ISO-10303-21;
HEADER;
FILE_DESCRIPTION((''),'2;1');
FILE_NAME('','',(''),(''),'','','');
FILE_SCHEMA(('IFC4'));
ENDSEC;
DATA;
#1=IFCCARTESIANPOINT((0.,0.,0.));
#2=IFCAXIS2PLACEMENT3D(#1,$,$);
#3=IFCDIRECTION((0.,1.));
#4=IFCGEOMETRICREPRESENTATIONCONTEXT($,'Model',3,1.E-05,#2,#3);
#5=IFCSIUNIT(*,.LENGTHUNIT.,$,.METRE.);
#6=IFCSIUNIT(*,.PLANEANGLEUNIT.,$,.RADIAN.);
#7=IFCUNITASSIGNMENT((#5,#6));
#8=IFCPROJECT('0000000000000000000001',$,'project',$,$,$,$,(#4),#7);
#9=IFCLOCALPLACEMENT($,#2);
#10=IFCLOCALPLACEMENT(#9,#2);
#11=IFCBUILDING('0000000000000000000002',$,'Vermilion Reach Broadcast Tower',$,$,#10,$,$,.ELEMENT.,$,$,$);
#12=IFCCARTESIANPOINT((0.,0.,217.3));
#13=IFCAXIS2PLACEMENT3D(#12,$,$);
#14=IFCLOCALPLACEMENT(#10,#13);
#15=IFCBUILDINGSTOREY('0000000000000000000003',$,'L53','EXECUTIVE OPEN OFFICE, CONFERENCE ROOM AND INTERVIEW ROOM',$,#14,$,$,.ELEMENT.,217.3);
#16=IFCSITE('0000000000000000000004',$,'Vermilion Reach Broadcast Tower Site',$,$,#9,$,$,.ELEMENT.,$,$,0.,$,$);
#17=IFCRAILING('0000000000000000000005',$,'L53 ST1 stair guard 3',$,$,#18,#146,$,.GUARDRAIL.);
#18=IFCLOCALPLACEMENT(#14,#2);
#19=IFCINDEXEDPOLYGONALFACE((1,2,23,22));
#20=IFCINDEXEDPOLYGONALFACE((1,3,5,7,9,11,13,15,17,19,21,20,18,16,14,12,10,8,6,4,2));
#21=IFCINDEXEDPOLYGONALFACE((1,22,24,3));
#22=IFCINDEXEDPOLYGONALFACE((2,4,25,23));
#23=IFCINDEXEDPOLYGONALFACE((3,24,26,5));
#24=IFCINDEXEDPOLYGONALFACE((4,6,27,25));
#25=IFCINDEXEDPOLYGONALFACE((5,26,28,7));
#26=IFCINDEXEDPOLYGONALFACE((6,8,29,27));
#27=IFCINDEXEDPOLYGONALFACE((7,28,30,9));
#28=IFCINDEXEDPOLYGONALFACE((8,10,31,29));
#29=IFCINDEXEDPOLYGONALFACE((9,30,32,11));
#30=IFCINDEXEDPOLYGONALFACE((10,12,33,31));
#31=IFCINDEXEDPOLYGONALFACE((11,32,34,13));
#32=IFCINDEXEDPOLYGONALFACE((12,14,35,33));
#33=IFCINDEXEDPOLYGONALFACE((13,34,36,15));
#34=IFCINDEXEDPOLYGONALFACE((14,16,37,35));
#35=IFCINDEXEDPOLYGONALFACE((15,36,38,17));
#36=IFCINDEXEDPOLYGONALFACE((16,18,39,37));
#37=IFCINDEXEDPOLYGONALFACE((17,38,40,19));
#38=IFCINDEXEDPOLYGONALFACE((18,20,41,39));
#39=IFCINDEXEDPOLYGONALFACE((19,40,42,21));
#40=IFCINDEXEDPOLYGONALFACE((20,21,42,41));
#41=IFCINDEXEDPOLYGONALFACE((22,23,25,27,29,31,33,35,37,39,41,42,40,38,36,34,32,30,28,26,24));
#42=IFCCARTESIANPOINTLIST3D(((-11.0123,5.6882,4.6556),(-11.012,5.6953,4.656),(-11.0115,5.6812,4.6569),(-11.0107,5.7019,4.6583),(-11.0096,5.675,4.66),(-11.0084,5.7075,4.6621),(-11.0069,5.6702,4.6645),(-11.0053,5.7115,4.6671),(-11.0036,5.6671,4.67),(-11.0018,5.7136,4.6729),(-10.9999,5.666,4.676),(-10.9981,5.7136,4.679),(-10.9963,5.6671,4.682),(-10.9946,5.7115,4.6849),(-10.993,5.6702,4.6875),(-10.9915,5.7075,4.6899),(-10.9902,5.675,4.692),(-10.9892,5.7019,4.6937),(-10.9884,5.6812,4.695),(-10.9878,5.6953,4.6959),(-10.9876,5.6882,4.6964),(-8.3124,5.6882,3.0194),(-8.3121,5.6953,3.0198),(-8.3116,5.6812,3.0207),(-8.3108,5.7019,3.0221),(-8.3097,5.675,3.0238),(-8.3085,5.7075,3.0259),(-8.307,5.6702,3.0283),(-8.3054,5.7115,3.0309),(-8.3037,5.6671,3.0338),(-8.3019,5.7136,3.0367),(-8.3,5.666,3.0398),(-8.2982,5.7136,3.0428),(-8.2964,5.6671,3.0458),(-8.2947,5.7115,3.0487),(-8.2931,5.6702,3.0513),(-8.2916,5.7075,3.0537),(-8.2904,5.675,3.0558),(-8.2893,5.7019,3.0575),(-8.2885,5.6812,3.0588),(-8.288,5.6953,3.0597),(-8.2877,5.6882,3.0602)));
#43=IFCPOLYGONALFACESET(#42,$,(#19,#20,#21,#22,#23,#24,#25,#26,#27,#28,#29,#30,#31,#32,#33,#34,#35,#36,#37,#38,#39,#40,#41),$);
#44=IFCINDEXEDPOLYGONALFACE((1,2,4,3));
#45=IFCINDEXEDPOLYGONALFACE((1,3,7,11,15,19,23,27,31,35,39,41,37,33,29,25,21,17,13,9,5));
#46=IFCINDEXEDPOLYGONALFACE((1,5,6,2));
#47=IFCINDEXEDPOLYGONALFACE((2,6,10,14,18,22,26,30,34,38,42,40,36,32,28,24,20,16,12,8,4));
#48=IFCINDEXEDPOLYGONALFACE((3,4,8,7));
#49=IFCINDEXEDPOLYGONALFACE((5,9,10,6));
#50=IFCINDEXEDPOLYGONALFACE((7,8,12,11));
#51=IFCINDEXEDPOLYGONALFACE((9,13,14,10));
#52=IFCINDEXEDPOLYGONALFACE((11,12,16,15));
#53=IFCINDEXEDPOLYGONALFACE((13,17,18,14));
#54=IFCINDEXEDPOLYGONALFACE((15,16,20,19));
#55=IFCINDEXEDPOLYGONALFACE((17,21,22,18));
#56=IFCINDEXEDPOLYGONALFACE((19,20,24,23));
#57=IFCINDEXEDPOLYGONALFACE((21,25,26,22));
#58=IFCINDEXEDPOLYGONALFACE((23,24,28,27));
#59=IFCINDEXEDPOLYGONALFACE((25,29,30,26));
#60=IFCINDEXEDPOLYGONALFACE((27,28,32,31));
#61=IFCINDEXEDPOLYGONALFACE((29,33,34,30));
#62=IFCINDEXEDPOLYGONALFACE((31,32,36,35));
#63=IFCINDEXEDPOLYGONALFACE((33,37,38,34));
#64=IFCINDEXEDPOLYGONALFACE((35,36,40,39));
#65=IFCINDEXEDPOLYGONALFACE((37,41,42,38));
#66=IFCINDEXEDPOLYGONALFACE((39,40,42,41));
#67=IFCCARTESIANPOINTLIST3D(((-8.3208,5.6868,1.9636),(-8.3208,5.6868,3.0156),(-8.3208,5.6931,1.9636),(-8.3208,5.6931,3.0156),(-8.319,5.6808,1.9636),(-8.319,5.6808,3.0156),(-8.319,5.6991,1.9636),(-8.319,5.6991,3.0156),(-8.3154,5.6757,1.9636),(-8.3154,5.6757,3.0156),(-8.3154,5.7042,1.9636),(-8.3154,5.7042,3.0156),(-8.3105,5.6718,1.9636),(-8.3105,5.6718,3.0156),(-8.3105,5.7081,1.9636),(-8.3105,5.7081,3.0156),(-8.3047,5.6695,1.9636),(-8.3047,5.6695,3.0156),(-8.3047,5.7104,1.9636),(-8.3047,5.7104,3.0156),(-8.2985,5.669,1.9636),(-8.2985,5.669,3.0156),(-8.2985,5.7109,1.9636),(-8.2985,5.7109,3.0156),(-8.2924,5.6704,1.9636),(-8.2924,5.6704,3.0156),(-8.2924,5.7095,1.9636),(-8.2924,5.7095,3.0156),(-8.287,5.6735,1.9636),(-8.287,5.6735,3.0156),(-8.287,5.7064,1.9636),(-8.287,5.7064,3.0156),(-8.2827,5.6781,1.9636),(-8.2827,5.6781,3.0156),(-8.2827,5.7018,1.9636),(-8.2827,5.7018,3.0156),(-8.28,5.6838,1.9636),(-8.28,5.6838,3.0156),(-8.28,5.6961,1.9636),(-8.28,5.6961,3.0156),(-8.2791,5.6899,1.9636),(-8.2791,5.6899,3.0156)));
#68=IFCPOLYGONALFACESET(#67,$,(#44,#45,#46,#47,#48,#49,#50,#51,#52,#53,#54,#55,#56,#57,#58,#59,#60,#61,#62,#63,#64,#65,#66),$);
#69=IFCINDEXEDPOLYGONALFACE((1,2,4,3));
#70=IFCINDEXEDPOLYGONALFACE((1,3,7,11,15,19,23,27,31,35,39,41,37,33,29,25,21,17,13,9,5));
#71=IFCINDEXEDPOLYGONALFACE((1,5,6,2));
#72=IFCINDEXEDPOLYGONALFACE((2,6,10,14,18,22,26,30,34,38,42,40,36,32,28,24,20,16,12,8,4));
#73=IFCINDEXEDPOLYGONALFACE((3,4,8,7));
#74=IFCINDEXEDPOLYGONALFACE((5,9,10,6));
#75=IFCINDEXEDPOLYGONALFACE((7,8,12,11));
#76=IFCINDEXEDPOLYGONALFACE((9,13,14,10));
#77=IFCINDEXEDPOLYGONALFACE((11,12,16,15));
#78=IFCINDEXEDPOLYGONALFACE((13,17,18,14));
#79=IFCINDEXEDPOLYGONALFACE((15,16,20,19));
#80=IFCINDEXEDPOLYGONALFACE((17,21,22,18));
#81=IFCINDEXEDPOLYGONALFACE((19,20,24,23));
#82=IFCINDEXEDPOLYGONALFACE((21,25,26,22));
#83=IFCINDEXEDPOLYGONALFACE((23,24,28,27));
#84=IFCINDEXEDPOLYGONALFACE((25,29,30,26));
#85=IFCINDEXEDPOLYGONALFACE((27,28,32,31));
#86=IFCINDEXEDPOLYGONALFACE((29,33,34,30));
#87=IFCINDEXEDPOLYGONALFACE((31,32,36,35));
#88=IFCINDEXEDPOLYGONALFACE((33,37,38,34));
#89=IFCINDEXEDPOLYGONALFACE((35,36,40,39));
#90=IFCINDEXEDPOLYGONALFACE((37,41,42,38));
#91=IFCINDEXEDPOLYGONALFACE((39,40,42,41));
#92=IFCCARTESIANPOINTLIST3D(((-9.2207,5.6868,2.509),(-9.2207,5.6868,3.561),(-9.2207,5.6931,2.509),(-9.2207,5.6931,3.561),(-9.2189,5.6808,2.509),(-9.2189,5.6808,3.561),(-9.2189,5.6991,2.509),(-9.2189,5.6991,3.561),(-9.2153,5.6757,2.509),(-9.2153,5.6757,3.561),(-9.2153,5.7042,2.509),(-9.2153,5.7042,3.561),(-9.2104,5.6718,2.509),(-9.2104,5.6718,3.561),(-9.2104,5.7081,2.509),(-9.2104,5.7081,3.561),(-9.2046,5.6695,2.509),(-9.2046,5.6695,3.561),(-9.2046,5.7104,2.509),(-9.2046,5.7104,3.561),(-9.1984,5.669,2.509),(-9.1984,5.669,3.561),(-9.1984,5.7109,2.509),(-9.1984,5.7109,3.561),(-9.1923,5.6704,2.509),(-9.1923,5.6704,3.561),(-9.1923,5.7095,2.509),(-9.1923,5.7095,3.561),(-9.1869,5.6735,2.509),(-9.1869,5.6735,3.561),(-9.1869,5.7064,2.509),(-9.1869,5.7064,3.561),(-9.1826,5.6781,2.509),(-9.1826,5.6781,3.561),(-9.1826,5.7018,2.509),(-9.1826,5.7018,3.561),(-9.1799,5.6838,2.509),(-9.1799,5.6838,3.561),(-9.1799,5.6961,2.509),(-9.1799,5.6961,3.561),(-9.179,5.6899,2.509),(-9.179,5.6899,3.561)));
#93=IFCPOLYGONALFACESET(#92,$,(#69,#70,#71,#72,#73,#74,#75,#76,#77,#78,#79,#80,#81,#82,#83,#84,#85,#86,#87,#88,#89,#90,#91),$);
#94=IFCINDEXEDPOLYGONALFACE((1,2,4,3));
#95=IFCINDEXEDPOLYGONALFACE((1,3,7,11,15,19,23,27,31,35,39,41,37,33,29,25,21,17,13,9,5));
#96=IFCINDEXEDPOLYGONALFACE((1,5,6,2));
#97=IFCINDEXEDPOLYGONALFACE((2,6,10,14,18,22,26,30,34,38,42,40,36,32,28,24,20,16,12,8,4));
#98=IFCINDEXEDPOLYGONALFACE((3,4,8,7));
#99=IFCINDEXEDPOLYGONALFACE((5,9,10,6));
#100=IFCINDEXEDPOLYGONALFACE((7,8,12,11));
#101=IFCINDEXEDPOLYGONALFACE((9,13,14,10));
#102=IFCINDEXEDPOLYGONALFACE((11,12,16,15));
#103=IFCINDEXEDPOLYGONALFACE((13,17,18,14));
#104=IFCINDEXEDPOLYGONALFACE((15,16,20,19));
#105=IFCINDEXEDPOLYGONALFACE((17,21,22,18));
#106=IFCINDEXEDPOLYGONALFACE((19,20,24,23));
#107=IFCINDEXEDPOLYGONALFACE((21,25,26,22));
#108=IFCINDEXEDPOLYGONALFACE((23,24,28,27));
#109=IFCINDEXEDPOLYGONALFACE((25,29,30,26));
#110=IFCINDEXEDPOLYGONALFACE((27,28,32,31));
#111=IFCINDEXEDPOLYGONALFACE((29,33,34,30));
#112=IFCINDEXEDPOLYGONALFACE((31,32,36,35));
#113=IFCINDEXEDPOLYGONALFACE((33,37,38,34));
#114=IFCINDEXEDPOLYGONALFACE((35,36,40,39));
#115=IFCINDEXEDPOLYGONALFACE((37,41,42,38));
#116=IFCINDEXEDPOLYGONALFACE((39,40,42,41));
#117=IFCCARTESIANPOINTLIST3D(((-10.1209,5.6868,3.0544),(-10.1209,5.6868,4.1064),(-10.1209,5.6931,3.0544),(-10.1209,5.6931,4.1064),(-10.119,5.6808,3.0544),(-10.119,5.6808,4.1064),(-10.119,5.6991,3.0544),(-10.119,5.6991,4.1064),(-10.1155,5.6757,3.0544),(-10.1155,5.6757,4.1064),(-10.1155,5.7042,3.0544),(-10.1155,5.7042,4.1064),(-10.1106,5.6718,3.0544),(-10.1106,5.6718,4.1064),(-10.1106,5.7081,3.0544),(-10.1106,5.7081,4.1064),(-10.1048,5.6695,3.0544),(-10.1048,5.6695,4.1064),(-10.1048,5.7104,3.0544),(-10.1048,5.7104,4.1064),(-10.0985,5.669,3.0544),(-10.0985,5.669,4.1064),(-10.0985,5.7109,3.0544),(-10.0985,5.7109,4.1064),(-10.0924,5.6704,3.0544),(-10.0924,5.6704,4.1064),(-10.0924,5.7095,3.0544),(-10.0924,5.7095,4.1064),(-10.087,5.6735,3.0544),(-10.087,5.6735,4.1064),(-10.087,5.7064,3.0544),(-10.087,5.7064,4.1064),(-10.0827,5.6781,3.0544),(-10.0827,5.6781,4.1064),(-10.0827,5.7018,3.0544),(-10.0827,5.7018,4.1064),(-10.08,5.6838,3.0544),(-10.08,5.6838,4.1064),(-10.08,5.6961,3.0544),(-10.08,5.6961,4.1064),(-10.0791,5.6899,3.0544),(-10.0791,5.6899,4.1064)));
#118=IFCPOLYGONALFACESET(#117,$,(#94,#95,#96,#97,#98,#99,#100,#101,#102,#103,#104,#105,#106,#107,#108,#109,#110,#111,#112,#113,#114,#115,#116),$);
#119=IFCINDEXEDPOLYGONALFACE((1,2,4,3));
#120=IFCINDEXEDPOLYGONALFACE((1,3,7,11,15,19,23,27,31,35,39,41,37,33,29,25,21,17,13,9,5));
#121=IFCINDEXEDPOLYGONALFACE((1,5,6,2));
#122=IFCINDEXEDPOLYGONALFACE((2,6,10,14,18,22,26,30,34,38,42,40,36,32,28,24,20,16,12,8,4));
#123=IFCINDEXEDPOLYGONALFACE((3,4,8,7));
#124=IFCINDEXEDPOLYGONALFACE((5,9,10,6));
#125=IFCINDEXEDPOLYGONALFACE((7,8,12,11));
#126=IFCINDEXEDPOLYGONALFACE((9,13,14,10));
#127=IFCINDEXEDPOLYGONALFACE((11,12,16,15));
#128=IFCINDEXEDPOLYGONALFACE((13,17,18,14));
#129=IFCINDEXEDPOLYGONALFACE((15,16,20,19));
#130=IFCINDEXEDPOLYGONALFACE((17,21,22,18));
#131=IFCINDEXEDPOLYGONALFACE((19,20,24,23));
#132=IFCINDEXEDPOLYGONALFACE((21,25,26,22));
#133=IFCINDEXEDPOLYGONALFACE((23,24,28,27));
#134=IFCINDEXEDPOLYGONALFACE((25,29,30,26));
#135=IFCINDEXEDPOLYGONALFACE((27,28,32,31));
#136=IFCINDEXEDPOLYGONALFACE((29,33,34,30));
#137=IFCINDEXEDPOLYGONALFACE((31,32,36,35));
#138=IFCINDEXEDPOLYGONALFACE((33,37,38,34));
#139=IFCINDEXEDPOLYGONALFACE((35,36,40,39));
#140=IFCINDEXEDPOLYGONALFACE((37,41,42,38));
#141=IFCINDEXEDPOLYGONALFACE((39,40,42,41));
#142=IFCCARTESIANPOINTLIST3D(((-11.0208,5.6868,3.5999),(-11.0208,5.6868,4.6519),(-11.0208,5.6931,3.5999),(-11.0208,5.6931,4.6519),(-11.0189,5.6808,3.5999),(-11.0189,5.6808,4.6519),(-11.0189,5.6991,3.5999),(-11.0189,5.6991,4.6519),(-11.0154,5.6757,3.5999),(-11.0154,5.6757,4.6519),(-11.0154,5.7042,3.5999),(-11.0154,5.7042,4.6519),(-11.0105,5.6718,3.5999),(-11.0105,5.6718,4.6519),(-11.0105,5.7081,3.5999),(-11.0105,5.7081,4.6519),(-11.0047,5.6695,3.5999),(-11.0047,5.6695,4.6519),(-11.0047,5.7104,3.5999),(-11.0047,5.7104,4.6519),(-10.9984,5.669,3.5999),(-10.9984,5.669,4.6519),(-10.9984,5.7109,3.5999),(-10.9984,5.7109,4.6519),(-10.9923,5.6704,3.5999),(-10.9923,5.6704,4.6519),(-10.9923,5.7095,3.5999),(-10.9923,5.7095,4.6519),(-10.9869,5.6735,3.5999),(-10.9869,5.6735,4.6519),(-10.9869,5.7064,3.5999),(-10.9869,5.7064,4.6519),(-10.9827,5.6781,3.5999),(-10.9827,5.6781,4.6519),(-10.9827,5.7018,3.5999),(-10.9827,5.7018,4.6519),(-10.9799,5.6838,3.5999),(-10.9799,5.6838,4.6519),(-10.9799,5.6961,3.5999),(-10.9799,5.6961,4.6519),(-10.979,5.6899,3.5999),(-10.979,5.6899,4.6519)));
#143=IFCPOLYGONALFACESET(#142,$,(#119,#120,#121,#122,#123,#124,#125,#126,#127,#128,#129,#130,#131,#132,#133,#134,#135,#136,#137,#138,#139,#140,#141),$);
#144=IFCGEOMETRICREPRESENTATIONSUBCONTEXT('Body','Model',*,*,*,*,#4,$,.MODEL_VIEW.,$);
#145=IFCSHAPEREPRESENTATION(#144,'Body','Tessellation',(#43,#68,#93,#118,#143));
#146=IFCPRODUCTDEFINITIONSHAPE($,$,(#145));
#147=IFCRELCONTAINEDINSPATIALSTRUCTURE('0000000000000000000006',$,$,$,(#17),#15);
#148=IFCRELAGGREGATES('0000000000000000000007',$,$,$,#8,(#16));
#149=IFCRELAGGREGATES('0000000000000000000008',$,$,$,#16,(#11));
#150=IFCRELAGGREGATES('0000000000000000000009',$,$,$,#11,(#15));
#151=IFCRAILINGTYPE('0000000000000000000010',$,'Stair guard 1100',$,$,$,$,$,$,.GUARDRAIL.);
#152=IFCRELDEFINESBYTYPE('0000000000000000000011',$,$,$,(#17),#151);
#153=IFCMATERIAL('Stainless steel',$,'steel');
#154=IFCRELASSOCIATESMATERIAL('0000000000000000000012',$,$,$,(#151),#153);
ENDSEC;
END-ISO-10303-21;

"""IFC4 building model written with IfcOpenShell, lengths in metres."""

from ifc_helpers import new_model, si_unit, direction, frame, origin, origin_2d, place, context, subcontext, project, spatial, circle, extrude, material, type_object, element, save


model = new_model("IFC4")

# Units and contexts
model_context = context("Model", 3, precision=1e-05, world=origin(), true_north=direction((0.0, 1.0)))
body_context = subcontext(model_context, "Body", "Model", "MODEL_VIEW")
ifc_project = project(units=[si_unit("LENGTHUNIT", "METRE"), si_unit("PLANEANGLEUNIT", "RADIAN")], contexts=[model_context])

# Site, building, storey
site_placement = place(None, origin())
site = spatial("IfcSite", under=ifc_project, at=site_placement, Name="Vermilion Reach Broadcast Tower Site", CompositionType="ELEMENT", RefElevation=0.0)
building_placement = place(site_placement, origin())
building = spatial("IfcBuilding", under=site, at=building_placement, Name="Vermilion Reach Broadcast Tower", CompositionType="ELEMENT")
storey_placement = place(building_placement, frame((0.0, 0.0, 217.3)))
storey = spatial("IfcBuildingStorey", under=building, at=storey_placement, Name="L53", Description="EXECUTIVE OPEN OFFICE, CONFERENCE ROOM AND INTERVIEW ROOM", CompositionType="ELEMENT", Elevation=217.3)

# Railing
ifc_material_1 = material(Name="Stainless steel", Category="steel")
railing_type_1 = type_object("IfcRailingType", Name="Stair guard 1100", PredefinedType="GUARDRAIL", material=ifc_material_1)
railing_1_placement = place(storey_placement, frame((-8.3, 5.6899, 1.9636)))
element("IfcRailing", 1, at=railing_1_placement, inside=storey, type_object=railing_type_1, Name="L53 ST1 stair guard 3", PredefinedType="GUARDRAIL", context=body_context, shape_type="SweptSolid", body=[
    extrude(circle(Radius=0.0239, at=origin_2d()), frame((0.0, 0.0, 1.0762), z_axis=(-0.855212, 0.0, 0.518278), x_axis=(0.0, -1.0, 0.0)), (0.0, 0.0, 1.0), 3.157),
    extrude(circle(Radius=0.021, at=origin_2d()), origin(), (0.0, 0.0, 1.0), 1.052),
    extrude(circle(Radius=0.021, at=origin_2d()), frame((-0.8999, 0.0, 0.5454)), (0.0, 0.0, 1.0), 1.052),
    extrude(circle(Radius=0.021, at=origin_2d()), frame((-1.8, 0.0, 1.0908)), (0.0, 0.0, 1.0), 1.052),
    extrude(circle(Radius=0.021, at=origin_2d()), frame((-2.7, 0.0, 1.6362)), (0.0, 0.0, 1.0), 1.052),
])

save(model, "model.ifc")
